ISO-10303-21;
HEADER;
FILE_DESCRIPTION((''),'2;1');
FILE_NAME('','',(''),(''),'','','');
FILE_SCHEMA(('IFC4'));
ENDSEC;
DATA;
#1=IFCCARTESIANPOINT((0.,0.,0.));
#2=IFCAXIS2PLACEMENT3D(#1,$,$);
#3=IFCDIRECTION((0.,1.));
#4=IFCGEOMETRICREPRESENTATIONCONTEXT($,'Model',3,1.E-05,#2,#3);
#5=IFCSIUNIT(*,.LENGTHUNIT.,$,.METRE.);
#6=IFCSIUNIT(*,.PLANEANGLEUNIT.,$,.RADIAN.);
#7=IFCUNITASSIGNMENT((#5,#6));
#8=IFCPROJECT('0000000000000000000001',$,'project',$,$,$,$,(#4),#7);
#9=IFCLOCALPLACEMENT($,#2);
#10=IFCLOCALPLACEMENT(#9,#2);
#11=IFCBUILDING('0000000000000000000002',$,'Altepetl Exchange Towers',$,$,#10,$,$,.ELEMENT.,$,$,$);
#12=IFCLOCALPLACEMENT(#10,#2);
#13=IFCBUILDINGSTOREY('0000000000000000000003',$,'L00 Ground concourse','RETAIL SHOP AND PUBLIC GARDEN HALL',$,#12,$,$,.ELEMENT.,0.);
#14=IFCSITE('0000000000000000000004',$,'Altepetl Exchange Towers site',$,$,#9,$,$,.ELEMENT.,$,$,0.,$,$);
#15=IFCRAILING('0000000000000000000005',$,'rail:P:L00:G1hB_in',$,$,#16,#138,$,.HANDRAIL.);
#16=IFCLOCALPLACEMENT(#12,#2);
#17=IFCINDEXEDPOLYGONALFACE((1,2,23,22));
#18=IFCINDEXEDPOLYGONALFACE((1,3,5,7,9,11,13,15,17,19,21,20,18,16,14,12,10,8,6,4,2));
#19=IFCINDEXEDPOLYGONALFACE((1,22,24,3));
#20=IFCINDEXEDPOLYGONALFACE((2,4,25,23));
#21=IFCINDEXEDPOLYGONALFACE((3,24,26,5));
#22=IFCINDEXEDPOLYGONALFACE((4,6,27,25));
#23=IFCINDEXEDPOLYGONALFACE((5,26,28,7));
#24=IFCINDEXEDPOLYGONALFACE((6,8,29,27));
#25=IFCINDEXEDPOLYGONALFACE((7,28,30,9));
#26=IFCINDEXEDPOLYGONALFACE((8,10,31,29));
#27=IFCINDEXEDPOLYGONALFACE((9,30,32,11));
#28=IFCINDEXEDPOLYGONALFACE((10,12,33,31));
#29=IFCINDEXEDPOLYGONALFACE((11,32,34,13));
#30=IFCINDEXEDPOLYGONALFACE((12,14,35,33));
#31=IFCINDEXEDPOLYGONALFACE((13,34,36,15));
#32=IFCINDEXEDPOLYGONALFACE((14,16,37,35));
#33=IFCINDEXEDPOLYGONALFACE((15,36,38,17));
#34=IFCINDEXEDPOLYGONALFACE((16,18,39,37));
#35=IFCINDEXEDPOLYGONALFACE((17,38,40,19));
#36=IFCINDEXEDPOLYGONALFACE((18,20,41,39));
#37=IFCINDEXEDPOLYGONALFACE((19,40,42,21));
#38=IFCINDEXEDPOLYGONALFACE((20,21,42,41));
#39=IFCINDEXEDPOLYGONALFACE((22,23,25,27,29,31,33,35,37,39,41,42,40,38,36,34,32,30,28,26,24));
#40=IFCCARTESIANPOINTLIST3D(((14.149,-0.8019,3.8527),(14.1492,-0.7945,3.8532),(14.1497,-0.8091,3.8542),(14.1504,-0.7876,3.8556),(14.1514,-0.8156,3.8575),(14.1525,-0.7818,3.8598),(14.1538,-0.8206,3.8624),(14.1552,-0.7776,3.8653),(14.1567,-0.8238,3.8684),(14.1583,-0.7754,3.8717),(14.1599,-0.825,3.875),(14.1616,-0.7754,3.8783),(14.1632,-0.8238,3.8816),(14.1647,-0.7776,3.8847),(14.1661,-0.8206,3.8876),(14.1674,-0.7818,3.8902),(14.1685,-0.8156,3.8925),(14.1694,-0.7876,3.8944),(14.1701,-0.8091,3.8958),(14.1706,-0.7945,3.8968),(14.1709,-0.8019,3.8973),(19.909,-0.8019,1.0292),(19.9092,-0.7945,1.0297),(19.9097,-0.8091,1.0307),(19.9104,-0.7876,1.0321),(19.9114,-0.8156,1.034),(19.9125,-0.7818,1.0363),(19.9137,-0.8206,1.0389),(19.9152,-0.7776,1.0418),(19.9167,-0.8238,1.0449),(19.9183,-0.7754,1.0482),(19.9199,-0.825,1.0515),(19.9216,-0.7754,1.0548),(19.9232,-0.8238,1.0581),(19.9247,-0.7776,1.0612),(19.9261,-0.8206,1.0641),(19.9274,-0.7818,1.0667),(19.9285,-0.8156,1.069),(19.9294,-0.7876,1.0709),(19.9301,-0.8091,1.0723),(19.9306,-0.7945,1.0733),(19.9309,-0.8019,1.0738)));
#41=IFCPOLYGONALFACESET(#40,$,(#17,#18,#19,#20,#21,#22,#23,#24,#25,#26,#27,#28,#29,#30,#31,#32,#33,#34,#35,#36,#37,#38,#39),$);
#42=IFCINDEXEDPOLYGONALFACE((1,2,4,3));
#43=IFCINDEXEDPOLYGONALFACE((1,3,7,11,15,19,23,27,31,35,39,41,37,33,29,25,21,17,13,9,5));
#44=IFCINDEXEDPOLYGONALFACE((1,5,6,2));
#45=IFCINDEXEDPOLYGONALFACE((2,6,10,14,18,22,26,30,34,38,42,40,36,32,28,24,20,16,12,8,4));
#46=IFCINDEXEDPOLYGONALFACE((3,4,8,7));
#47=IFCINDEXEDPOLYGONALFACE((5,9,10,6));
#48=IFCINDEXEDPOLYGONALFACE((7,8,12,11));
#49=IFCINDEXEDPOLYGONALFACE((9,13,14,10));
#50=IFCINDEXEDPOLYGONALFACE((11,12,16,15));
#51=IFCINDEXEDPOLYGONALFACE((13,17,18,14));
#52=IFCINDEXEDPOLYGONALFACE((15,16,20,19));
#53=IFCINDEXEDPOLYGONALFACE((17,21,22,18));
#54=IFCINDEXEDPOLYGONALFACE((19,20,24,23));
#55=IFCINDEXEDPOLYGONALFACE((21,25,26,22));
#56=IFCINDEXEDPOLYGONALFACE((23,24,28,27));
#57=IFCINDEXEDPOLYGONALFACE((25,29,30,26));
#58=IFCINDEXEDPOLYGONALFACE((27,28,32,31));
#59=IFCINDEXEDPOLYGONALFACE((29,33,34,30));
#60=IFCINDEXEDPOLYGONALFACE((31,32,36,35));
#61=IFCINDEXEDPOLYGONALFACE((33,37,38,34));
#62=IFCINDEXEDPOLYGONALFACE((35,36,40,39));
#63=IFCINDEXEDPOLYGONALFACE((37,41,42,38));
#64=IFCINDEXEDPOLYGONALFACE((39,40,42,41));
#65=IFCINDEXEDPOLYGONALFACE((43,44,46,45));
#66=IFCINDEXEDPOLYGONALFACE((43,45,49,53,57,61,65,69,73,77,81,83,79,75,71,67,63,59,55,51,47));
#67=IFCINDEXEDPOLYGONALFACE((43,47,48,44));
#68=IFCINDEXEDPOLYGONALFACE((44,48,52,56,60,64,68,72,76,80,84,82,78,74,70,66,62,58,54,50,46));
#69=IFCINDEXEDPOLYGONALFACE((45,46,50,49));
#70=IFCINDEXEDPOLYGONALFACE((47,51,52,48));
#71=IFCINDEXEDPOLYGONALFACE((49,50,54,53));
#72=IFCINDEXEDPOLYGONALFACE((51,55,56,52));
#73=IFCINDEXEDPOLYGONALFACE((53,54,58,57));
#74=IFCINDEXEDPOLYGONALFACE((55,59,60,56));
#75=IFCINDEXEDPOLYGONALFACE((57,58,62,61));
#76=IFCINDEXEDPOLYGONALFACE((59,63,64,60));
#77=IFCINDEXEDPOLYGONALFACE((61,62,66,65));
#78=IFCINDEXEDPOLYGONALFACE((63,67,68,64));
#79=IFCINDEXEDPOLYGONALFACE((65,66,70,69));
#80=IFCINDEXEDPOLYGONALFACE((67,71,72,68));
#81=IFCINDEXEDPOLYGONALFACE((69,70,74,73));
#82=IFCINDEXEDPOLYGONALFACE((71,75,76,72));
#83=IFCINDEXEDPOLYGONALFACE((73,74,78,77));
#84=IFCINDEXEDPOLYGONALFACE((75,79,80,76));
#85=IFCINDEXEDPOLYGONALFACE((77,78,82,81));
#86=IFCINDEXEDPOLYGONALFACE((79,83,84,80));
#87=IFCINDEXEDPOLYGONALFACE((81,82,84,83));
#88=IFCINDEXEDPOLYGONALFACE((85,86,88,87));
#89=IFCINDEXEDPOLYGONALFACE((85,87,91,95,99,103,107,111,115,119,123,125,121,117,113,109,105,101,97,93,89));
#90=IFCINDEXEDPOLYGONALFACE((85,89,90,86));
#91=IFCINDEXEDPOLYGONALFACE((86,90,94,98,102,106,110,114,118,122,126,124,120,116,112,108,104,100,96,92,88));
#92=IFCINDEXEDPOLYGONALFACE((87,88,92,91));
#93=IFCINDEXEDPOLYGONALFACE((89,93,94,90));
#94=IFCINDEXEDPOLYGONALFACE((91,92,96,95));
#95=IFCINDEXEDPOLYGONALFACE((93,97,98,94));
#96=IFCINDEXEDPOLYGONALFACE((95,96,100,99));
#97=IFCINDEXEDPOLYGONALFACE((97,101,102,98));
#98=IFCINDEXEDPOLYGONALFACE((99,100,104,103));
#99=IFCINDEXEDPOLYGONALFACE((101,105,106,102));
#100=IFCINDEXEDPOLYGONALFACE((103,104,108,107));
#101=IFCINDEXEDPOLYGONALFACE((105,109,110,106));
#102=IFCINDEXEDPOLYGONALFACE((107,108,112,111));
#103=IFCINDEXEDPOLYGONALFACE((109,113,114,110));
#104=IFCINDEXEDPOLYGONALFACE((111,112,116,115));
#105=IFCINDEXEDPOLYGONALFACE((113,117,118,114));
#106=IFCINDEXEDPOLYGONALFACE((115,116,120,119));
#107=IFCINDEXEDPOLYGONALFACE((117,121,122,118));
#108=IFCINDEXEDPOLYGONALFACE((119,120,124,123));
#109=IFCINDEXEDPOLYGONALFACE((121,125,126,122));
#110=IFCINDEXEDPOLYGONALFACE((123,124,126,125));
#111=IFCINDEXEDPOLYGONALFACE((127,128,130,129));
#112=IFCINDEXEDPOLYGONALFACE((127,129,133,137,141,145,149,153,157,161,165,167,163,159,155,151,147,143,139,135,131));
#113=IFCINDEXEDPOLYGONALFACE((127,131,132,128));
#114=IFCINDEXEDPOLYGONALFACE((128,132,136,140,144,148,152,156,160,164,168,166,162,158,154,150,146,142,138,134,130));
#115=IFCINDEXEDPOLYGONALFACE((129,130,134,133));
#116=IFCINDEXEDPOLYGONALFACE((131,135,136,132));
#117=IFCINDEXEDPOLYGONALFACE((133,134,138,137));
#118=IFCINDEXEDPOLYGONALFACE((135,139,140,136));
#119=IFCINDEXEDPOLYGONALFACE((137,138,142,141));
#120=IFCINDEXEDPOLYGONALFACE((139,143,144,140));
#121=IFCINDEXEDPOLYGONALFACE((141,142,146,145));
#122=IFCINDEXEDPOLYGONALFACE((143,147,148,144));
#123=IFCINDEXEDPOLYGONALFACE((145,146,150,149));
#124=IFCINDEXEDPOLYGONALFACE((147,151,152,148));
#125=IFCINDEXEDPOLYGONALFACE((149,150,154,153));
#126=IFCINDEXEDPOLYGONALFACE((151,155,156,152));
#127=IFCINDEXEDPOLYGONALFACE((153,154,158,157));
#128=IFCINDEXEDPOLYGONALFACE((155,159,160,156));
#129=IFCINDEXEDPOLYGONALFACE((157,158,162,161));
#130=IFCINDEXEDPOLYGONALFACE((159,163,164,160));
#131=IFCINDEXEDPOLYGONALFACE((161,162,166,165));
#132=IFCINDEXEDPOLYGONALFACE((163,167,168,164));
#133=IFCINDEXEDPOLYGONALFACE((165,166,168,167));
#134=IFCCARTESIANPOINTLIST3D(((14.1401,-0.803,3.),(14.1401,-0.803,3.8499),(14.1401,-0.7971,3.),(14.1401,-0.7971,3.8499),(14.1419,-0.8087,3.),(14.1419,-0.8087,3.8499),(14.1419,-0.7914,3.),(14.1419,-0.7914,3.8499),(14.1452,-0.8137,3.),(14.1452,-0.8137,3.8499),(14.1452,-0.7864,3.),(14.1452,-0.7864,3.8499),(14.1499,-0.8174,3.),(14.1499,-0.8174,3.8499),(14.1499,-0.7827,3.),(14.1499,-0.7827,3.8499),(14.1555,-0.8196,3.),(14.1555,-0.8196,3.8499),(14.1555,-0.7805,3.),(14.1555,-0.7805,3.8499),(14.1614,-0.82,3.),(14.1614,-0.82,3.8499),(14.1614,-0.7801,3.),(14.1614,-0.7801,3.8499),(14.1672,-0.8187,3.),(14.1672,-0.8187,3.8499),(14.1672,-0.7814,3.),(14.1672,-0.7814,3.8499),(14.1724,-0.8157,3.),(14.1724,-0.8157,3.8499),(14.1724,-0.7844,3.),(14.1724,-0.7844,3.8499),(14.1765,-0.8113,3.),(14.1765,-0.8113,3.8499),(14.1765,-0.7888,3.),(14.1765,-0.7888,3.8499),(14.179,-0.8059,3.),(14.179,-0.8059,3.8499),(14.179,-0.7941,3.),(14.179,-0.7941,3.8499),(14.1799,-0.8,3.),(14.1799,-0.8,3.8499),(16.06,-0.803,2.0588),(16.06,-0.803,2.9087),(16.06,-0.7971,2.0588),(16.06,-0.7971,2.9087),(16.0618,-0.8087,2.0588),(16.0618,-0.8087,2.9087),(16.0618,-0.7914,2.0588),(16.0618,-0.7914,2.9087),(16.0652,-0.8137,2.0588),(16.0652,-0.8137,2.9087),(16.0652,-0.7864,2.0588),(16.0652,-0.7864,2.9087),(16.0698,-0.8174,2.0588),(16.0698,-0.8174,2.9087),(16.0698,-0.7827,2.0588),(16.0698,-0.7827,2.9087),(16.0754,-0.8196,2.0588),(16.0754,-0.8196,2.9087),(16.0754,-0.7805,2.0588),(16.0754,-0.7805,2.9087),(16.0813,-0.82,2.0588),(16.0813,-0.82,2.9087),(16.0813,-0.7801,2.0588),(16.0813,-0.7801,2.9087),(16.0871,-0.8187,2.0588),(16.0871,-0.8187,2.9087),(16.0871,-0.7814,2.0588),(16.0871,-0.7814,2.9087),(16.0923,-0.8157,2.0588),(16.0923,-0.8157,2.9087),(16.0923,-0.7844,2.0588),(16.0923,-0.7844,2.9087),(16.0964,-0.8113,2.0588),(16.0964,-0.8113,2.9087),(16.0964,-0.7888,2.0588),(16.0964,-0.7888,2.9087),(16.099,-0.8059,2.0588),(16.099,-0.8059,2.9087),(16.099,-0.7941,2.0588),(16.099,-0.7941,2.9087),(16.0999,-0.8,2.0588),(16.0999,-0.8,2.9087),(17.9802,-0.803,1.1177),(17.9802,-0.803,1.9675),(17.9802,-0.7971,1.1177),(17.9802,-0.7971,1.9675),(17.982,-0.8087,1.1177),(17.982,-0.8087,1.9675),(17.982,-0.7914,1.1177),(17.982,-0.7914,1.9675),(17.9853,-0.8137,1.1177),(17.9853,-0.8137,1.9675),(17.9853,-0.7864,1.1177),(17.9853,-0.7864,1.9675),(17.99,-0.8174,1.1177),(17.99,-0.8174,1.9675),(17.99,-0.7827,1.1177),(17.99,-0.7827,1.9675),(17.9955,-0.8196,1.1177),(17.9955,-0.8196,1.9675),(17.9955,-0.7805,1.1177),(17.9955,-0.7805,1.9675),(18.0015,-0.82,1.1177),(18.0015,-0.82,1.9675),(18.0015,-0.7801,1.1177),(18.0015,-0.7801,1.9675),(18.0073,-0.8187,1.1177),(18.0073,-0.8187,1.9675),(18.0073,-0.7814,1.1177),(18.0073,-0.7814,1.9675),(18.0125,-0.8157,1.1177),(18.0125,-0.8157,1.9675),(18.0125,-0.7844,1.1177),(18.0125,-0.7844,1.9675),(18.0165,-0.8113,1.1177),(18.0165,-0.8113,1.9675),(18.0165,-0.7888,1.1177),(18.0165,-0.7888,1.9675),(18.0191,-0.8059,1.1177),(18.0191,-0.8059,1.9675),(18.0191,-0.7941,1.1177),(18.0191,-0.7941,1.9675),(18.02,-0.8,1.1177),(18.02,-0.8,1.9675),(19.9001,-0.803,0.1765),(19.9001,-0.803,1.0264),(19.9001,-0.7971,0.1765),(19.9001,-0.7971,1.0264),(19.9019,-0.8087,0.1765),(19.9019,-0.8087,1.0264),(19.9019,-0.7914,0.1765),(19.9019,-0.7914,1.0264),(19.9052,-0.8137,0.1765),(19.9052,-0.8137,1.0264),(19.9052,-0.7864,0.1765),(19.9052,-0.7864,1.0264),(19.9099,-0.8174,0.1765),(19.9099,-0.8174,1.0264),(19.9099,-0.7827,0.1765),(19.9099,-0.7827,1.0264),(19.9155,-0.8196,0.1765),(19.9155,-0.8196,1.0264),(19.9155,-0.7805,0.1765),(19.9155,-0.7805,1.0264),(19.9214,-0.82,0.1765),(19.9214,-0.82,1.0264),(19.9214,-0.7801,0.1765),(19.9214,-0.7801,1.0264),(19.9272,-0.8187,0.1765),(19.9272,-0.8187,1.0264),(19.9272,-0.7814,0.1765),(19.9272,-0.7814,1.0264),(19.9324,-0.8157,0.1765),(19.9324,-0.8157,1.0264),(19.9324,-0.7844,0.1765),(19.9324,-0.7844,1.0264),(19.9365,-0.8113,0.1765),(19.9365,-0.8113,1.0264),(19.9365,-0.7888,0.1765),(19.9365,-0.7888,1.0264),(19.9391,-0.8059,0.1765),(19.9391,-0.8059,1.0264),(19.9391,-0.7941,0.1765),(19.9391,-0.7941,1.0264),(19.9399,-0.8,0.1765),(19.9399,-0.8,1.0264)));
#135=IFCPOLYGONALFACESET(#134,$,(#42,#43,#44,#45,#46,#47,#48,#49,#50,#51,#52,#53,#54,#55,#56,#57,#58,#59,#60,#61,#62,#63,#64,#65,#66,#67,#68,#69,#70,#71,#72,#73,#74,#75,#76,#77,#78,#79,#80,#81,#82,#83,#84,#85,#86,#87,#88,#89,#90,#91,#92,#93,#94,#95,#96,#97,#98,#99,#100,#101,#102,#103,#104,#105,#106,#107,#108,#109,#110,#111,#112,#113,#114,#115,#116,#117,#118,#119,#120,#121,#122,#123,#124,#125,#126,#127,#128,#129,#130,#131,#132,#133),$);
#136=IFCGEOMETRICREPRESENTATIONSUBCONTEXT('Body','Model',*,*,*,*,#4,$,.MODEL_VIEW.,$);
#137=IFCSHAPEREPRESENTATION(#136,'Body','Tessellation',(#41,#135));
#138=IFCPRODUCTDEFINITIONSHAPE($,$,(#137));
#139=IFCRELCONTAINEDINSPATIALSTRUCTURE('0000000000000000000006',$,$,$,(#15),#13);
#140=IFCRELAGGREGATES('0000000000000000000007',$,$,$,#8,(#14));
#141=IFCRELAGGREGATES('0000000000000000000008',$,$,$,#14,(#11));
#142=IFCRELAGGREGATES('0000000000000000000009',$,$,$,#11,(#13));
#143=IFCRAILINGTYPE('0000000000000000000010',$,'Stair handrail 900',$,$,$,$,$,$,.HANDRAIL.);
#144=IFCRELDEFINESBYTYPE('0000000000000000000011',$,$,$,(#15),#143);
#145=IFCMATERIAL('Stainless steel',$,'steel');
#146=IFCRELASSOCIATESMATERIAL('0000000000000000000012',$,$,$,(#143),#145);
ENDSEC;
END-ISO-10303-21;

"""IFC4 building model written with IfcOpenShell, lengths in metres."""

from ifc_helpers import new_model, si_unit, direction, frame, origin, origin_2d, place, context, subcontext, project, spatial, circle, extrude, source, transform, mapped, material, type_object, element, save


model = new_model("IFC4")

# Units and contexts
model_context = context("Model", 3, precision=1e-05, world=origin(), true_north=direction((0.0, 1.0)))
body_context = subcontext(model_context, "Body", "Model", "MODEL_VIEW")
ifc_project = project(units=[si_unit("LENGTHUNIT", "METRE"), si_unit("PLANEANGLEUNIT", "RADIAN")], contexts=[model_context])

# Site, building, storey
site_placement = place(None, origin())
site = spatial("IfcSite", under=ifc_project, at=site_placement, Name="Altepetl Exchange Towers site", CompositionType="ELEMENT", RefElevation=0.0)
building_placement = place(site_placement, origin())
building = spatial("IfcBuilding", under=site, at=building_placement, Name="Altepetl Exchange Towers", CompositionType="ELEMENT")
storey_placement = place(building_placement, origin())
storey = spatial("IfcBuildingStorey", under=building, at=storey_placement, Name="L00 Ground concourse", Description="RETAIL SHOP AND PUBLIC GARDEN HALL", CompositionType="ELEMENT", Elevation=0.0)

# Railing
ifc_material_1 = material(Name="Stainless steel", Category="steel")
railing_type_1 = type_object("IfcRailingType", Name="Stair handrail 900", PredefinedType="HANDRAIL", material=ifc_material_1)
shared_shape_1 = source(origin(), body_context, "Body", "SweptSolid", [
    extrude(circle(Radius=0.02, at=origin_2d()), origin(), (0.0, 0.0, 1.0), 0.8499),
])
for number, where, name in (
    (1, (19.9199, -0.8, 0.1765), "rail:P:L00:G1hB_in"),
):
    element("IfcRailing", number, at=place(storey_placement, frame(where)), inside=storey, type_object=railing_type_1, Name=name, PredefinedType="HANDRAIL", context=body_context, shape_type="SweptSolid", body=[
        extrude(circle(Radius=0.0249, at=origin_2d()), frame((0.0, 0.0, 0.875), z_axis=(-0.897924, 0.0, 0.440151), x_axis=(0.0, -1.0, 0.0)), (0.0, 0.0, 1.0), 6.4148),
        mapped(shared_shape_1, transform((0.0, 0.0, 0.0))),
        mapped(shared_shape_1, transform((-1.9199, 0.0, 0.9412))),
        mapped(shared_shape_1, transform((-3.8401, 0.0, 1.8823))),
        mapped(shared_shape_1, transform((-5.76, 0.0, 2.8235))),
    ])

save(model, "model.ifc")
